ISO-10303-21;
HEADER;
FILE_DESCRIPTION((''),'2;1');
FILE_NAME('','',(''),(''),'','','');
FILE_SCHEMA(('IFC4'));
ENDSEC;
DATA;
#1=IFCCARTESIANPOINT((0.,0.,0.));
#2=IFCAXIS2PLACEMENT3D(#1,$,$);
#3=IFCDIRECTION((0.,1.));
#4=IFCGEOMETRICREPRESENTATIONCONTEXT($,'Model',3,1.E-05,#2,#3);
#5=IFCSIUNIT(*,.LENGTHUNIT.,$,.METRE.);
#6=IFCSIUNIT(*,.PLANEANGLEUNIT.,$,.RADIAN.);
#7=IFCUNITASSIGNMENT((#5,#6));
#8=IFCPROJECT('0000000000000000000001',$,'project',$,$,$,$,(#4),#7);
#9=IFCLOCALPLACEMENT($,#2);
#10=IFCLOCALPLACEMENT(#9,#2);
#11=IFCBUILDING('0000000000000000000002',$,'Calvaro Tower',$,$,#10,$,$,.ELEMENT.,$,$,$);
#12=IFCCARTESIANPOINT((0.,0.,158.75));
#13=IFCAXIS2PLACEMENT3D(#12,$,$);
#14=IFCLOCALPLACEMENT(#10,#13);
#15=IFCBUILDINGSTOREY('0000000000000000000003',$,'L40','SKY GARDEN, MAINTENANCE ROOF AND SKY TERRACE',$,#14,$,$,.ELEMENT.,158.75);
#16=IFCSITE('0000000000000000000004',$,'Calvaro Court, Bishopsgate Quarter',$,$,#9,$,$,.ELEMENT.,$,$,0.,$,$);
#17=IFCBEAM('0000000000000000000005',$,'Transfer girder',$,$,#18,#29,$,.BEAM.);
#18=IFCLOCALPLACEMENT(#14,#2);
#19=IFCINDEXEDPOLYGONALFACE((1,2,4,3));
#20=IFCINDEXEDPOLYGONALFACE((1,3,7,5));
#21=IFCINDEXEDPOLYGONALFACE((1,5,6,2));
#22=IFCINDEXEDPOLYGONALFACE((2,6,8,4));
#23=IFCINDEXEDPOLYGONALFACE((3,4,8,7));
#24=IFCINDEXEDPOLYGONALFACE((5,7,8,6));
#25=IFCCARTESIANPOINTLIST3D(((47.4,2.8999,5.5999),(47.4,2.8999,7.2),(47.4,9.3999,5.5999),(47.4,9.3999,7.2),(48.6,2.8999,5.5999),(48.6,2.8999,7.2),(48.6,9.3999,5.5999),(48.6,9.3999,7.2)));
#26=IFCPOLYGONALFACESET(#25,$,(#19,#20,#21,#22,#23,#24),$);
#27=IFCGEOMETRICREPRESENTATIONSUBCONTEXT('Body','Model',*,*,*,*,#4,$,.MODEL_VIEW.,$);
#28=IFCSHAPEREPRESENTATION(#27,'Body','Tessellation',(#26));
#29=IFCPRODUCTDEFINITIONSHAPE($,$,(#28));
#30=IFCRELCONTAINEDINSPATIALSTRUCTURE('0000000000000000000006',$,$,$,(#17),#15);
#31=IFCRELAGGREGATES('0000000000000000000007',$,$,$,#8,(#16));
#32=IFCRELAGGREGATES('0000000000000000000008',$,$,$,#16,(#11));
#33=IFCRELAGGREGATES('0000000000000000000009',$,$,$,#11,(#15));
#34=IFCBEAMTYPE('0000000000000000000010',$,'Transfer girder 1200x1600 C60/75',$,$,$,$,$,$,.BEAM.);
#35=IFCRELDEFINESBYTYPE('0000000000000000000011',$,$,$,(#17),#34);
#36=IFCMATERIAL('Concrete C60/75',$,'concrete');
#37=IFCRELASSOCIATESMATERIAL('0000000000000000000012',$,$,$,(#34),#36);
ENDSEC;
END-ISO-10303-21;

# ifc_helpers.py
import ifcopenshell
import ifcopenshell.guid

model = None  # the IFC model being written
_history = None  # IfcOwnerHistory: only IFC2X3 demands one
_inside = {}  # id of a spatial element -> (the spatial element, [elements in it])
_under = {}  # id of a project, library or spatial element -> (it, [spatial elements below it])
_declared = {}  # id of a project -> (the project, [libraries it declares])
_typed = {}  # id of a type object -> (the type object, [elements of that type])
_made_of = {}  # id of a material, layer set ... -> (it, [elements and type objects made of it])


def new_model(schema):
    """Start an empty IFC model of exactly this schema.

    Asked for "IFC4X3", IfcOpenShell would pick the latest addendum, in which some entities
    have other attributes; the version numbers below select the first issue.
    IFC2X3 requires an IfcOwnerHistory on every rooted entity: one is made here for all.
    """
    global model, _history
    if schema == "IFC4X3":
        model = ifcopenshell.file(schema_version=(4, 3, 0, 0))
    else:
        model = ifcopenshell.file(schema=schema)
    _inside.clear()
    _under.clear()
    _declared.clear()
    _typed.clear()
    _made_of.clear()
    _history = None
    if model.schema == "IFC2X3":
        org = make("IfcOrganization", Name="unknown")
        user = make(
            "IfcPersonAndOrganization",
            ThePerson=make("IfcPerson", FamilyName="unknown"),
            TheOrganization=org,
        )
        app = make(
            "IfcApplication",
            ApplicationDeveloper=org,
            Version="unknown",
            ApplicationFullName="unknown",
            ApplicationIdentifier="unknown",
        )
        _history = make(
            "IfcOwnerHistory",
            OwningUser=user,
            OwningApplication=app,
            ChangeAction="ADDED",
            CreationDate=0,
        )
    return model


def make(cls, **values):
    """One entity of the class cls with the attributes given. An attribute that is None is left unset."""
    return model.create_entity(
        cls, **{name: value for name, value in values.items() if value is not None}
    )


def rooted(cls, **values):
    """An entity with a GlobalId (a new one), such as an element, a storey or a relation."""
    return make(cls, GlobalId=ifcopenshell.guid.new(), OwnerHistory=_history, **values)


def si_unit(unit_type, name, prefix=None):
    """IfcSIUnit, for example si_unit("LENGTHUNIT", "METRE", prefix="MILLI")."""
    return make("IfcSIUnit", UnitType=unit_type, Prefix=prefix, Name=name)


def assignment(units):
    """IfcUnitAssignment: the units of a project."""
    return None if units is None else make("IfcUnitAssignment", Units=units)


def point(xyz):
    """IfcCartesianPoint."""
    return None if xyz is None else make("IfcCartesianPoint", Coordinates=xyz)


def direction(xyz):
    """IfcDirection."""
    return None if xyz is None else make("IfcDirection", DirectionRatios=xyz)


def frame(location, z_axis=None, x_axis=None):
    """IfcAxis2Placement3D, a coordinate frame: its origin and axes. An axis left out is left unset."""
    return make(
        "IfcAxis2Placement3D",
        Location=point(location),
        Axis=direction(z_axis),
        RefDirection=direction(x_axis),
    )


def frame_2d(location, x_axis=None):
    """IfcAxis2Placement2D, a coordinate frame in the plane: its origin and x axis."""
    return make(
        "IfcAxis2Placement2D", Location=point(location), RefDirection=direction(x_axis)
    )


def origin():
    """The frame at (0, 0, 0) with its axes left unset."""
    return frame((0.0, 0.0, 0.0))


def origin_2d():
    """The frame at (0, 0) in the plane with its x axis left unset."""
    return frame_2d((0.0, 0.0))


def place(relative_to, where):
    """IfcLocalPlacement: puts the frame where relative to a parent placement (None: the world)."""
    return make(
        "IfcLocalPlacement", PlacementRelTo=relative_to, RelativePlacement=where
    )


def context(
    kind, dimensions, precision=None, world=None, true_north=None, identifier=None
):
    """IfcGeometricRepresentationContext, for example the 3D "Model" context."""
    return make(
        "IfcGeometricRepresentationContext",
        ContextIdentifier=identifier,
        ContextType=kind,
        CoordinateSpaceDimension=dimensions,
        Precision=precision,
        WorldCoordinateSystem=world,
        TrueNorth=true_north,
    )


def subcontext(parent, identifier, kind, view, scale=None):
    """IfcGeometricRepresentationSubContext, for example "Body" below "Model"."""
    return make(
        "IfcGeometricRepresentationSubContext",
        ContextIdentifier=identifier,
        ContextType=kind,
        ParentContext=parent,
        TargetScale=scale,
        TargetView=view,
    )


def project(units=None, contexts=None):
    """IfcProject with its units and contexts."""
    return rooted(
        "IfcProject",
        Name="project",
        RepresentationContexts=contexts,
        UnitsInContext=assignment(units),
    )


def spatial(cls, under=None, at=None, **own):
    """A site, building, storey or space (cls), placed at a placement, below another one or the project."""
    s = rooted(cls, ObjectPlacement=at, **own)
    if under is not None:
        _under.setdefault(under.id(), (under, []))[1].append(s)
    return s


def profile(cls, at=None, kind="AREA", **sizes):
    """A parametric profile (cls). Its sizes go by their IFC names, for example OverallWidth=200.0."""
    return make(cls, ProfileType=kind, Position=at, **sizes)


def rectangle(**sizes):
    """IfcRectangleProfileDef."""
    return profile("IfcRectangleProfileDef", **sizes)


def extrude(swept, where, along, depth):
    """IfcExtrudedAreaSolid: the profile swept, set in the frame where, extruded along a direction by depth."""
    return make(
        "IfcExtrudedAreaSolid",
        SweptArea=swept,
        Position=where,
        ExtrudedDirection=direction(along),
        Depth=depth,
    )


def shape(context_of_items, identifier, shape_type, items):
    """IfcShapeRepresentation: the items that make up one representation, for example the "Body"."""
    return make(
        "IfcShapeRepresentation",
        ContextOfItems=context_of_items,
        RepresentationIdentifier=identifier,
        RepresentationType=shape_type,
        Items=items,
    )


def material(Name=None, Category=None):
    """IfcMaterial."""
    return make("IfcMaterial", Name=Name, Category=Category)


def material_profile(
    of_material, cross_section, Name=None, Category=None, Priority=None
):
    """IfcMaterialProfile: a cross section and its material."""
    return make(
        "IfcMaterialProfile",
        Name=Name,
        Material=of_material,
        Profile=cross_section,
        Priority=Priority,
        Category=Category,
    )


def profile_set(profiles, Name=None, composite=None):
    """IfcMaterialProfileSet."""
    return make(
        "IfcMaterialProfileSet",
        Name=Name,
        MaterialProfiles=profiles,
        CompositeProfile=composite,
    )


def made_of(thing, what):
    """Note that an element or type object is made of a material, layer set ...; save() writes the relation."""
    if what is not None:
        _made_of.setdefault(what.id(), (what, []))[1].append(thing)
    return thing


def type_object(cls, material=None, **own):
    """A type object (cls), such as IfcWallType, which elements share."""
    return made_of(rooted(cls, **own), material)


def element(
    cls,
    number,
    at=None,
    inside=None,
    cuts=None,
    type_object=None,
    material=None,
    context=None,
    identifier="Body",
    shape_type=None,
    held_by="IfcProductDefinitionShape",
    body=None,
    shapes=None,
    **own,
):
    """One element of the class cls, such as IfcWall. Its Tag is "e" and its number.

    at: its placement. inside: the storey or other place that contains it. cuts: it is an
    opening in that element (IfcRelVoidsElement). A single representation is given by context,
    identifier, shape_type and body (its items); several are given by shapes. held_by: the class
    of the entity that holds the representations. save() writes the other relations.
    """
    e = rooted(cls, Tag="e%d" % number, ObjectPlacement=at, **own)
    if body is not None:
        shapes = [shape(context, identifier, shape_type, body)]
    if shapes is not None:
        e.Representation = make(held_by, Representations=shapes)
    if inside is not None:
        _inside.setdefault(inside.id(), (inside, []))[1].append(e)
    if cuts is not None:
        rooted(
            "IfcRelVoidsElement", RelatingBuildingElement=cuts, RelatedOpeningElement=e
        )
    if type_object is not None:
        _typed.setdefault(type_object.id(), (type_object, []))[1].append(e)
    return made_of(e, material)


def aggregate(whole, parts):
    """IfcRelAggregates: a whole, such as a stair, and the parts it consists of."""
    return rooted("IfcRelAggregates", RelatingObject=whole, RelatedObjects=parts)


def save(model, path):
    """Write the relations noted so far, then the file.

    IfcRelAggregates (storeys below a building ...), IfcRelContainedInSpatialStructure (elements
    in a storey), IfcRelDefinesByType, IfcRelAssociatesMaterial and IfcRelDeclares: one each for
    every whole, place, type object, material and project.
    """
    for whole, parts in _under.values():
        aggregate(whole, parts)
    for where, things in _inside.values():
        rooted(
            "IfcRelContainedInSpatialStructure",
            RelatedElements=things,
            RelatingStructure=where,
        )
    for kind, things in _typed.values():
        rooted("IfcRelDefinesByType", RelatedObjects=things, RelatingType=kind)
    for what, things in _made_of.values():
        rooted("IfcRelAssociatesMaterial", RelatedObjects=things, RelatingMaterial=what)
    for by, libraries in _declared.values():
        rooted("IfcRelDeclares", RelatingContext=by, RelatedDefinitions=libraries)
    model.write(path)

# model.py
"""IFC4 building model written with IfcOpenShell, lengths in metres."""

from ifc_helpers import new_model, si_unit, direction, frame, origin, origin_2d, place, context, subcontext, project, spatial, rectangle, extrude, material, material_profile, profile_set, type_object, element, save


model = new_model("IFC4")

# Units and contexts
model_context = context("Model", 3, precision=1e-05, world=origin(), true_north=direction((0.0, 1.0)))
body_context = subcontext(model_context, "Body", "Model", "MODEL_VIEW")
ifc_project = project(units=[si_unit("LENGTHUNIT", "METRE"), si_unit("PLANEANGLEUNIT", "RADIAN")], contexts=[model_context])

# Site, building, storey
site_placement = place(None, origin())
site = spatial("IfcSite", under=ifc_project, at=site_placement, Name="Calvaro Court, Bishopsgate Quarter", CompositionType="ELEMENT", RefElevation=0.0)
building_placement = place(site_placement, origin())
building = spatial("IfcBuilding", under=site, at=building_placement, Name="Calvaro Tower", CompositionType="ELEMENT")
storey_placement = place(building_placement, frame((0.0, 0.0, 158.75)))
storey = spatial("IfcBuildingStorey", under=building, at=storey_placement, Name="L40", Description="SKY GARDEN, MAINTENANCE ROOF AND SKY TERRACE", CompositionType="ELEMENT", Elevation=158.75)

# Beam
ifc_material_1 = material(Name="Concrete C60/75", Category="concrete")
ifc_material_profile_1 = material_profile(ifc_material_1, rectangle(XDim=1.2, YDim=1.6001, at=origin_2d()), Name="RC 1200x1600")
ifc_profile_set_1 = profile_set([ifc_material_profile_1], Name="Concrete C60/75")
beam_type_1 = type_object("IfcBeamType", Name="Transfer girder 1200x1600 C60/75", PredefinedType="BEAM", material=ifc_profile_set_1)
for number, where, z_axis, x_axis, name in (
    (1, (48.0, 2.8999, 6.3999), (0.0, 1.0, 0.0), (-1.0, 0.0, 0.0), "Transfer girder"),
):
    element("IfcBeam", number, at=place(storey_placement, frame(where, z_axis=z_axis, x_axis=x_axis)), inside=storey, type_object=beam_type_1, Name=name, PredefinedType="BEAM", context=body_context, shape_type="SweptSolid", body=[
        extrude(rectangle(XDim=1.2, YDim=1.6001, at=origin_2d()), origin(), (0.0, 0.0, 1.0), 6.5),
    ])

save(model, "model.ifc")
